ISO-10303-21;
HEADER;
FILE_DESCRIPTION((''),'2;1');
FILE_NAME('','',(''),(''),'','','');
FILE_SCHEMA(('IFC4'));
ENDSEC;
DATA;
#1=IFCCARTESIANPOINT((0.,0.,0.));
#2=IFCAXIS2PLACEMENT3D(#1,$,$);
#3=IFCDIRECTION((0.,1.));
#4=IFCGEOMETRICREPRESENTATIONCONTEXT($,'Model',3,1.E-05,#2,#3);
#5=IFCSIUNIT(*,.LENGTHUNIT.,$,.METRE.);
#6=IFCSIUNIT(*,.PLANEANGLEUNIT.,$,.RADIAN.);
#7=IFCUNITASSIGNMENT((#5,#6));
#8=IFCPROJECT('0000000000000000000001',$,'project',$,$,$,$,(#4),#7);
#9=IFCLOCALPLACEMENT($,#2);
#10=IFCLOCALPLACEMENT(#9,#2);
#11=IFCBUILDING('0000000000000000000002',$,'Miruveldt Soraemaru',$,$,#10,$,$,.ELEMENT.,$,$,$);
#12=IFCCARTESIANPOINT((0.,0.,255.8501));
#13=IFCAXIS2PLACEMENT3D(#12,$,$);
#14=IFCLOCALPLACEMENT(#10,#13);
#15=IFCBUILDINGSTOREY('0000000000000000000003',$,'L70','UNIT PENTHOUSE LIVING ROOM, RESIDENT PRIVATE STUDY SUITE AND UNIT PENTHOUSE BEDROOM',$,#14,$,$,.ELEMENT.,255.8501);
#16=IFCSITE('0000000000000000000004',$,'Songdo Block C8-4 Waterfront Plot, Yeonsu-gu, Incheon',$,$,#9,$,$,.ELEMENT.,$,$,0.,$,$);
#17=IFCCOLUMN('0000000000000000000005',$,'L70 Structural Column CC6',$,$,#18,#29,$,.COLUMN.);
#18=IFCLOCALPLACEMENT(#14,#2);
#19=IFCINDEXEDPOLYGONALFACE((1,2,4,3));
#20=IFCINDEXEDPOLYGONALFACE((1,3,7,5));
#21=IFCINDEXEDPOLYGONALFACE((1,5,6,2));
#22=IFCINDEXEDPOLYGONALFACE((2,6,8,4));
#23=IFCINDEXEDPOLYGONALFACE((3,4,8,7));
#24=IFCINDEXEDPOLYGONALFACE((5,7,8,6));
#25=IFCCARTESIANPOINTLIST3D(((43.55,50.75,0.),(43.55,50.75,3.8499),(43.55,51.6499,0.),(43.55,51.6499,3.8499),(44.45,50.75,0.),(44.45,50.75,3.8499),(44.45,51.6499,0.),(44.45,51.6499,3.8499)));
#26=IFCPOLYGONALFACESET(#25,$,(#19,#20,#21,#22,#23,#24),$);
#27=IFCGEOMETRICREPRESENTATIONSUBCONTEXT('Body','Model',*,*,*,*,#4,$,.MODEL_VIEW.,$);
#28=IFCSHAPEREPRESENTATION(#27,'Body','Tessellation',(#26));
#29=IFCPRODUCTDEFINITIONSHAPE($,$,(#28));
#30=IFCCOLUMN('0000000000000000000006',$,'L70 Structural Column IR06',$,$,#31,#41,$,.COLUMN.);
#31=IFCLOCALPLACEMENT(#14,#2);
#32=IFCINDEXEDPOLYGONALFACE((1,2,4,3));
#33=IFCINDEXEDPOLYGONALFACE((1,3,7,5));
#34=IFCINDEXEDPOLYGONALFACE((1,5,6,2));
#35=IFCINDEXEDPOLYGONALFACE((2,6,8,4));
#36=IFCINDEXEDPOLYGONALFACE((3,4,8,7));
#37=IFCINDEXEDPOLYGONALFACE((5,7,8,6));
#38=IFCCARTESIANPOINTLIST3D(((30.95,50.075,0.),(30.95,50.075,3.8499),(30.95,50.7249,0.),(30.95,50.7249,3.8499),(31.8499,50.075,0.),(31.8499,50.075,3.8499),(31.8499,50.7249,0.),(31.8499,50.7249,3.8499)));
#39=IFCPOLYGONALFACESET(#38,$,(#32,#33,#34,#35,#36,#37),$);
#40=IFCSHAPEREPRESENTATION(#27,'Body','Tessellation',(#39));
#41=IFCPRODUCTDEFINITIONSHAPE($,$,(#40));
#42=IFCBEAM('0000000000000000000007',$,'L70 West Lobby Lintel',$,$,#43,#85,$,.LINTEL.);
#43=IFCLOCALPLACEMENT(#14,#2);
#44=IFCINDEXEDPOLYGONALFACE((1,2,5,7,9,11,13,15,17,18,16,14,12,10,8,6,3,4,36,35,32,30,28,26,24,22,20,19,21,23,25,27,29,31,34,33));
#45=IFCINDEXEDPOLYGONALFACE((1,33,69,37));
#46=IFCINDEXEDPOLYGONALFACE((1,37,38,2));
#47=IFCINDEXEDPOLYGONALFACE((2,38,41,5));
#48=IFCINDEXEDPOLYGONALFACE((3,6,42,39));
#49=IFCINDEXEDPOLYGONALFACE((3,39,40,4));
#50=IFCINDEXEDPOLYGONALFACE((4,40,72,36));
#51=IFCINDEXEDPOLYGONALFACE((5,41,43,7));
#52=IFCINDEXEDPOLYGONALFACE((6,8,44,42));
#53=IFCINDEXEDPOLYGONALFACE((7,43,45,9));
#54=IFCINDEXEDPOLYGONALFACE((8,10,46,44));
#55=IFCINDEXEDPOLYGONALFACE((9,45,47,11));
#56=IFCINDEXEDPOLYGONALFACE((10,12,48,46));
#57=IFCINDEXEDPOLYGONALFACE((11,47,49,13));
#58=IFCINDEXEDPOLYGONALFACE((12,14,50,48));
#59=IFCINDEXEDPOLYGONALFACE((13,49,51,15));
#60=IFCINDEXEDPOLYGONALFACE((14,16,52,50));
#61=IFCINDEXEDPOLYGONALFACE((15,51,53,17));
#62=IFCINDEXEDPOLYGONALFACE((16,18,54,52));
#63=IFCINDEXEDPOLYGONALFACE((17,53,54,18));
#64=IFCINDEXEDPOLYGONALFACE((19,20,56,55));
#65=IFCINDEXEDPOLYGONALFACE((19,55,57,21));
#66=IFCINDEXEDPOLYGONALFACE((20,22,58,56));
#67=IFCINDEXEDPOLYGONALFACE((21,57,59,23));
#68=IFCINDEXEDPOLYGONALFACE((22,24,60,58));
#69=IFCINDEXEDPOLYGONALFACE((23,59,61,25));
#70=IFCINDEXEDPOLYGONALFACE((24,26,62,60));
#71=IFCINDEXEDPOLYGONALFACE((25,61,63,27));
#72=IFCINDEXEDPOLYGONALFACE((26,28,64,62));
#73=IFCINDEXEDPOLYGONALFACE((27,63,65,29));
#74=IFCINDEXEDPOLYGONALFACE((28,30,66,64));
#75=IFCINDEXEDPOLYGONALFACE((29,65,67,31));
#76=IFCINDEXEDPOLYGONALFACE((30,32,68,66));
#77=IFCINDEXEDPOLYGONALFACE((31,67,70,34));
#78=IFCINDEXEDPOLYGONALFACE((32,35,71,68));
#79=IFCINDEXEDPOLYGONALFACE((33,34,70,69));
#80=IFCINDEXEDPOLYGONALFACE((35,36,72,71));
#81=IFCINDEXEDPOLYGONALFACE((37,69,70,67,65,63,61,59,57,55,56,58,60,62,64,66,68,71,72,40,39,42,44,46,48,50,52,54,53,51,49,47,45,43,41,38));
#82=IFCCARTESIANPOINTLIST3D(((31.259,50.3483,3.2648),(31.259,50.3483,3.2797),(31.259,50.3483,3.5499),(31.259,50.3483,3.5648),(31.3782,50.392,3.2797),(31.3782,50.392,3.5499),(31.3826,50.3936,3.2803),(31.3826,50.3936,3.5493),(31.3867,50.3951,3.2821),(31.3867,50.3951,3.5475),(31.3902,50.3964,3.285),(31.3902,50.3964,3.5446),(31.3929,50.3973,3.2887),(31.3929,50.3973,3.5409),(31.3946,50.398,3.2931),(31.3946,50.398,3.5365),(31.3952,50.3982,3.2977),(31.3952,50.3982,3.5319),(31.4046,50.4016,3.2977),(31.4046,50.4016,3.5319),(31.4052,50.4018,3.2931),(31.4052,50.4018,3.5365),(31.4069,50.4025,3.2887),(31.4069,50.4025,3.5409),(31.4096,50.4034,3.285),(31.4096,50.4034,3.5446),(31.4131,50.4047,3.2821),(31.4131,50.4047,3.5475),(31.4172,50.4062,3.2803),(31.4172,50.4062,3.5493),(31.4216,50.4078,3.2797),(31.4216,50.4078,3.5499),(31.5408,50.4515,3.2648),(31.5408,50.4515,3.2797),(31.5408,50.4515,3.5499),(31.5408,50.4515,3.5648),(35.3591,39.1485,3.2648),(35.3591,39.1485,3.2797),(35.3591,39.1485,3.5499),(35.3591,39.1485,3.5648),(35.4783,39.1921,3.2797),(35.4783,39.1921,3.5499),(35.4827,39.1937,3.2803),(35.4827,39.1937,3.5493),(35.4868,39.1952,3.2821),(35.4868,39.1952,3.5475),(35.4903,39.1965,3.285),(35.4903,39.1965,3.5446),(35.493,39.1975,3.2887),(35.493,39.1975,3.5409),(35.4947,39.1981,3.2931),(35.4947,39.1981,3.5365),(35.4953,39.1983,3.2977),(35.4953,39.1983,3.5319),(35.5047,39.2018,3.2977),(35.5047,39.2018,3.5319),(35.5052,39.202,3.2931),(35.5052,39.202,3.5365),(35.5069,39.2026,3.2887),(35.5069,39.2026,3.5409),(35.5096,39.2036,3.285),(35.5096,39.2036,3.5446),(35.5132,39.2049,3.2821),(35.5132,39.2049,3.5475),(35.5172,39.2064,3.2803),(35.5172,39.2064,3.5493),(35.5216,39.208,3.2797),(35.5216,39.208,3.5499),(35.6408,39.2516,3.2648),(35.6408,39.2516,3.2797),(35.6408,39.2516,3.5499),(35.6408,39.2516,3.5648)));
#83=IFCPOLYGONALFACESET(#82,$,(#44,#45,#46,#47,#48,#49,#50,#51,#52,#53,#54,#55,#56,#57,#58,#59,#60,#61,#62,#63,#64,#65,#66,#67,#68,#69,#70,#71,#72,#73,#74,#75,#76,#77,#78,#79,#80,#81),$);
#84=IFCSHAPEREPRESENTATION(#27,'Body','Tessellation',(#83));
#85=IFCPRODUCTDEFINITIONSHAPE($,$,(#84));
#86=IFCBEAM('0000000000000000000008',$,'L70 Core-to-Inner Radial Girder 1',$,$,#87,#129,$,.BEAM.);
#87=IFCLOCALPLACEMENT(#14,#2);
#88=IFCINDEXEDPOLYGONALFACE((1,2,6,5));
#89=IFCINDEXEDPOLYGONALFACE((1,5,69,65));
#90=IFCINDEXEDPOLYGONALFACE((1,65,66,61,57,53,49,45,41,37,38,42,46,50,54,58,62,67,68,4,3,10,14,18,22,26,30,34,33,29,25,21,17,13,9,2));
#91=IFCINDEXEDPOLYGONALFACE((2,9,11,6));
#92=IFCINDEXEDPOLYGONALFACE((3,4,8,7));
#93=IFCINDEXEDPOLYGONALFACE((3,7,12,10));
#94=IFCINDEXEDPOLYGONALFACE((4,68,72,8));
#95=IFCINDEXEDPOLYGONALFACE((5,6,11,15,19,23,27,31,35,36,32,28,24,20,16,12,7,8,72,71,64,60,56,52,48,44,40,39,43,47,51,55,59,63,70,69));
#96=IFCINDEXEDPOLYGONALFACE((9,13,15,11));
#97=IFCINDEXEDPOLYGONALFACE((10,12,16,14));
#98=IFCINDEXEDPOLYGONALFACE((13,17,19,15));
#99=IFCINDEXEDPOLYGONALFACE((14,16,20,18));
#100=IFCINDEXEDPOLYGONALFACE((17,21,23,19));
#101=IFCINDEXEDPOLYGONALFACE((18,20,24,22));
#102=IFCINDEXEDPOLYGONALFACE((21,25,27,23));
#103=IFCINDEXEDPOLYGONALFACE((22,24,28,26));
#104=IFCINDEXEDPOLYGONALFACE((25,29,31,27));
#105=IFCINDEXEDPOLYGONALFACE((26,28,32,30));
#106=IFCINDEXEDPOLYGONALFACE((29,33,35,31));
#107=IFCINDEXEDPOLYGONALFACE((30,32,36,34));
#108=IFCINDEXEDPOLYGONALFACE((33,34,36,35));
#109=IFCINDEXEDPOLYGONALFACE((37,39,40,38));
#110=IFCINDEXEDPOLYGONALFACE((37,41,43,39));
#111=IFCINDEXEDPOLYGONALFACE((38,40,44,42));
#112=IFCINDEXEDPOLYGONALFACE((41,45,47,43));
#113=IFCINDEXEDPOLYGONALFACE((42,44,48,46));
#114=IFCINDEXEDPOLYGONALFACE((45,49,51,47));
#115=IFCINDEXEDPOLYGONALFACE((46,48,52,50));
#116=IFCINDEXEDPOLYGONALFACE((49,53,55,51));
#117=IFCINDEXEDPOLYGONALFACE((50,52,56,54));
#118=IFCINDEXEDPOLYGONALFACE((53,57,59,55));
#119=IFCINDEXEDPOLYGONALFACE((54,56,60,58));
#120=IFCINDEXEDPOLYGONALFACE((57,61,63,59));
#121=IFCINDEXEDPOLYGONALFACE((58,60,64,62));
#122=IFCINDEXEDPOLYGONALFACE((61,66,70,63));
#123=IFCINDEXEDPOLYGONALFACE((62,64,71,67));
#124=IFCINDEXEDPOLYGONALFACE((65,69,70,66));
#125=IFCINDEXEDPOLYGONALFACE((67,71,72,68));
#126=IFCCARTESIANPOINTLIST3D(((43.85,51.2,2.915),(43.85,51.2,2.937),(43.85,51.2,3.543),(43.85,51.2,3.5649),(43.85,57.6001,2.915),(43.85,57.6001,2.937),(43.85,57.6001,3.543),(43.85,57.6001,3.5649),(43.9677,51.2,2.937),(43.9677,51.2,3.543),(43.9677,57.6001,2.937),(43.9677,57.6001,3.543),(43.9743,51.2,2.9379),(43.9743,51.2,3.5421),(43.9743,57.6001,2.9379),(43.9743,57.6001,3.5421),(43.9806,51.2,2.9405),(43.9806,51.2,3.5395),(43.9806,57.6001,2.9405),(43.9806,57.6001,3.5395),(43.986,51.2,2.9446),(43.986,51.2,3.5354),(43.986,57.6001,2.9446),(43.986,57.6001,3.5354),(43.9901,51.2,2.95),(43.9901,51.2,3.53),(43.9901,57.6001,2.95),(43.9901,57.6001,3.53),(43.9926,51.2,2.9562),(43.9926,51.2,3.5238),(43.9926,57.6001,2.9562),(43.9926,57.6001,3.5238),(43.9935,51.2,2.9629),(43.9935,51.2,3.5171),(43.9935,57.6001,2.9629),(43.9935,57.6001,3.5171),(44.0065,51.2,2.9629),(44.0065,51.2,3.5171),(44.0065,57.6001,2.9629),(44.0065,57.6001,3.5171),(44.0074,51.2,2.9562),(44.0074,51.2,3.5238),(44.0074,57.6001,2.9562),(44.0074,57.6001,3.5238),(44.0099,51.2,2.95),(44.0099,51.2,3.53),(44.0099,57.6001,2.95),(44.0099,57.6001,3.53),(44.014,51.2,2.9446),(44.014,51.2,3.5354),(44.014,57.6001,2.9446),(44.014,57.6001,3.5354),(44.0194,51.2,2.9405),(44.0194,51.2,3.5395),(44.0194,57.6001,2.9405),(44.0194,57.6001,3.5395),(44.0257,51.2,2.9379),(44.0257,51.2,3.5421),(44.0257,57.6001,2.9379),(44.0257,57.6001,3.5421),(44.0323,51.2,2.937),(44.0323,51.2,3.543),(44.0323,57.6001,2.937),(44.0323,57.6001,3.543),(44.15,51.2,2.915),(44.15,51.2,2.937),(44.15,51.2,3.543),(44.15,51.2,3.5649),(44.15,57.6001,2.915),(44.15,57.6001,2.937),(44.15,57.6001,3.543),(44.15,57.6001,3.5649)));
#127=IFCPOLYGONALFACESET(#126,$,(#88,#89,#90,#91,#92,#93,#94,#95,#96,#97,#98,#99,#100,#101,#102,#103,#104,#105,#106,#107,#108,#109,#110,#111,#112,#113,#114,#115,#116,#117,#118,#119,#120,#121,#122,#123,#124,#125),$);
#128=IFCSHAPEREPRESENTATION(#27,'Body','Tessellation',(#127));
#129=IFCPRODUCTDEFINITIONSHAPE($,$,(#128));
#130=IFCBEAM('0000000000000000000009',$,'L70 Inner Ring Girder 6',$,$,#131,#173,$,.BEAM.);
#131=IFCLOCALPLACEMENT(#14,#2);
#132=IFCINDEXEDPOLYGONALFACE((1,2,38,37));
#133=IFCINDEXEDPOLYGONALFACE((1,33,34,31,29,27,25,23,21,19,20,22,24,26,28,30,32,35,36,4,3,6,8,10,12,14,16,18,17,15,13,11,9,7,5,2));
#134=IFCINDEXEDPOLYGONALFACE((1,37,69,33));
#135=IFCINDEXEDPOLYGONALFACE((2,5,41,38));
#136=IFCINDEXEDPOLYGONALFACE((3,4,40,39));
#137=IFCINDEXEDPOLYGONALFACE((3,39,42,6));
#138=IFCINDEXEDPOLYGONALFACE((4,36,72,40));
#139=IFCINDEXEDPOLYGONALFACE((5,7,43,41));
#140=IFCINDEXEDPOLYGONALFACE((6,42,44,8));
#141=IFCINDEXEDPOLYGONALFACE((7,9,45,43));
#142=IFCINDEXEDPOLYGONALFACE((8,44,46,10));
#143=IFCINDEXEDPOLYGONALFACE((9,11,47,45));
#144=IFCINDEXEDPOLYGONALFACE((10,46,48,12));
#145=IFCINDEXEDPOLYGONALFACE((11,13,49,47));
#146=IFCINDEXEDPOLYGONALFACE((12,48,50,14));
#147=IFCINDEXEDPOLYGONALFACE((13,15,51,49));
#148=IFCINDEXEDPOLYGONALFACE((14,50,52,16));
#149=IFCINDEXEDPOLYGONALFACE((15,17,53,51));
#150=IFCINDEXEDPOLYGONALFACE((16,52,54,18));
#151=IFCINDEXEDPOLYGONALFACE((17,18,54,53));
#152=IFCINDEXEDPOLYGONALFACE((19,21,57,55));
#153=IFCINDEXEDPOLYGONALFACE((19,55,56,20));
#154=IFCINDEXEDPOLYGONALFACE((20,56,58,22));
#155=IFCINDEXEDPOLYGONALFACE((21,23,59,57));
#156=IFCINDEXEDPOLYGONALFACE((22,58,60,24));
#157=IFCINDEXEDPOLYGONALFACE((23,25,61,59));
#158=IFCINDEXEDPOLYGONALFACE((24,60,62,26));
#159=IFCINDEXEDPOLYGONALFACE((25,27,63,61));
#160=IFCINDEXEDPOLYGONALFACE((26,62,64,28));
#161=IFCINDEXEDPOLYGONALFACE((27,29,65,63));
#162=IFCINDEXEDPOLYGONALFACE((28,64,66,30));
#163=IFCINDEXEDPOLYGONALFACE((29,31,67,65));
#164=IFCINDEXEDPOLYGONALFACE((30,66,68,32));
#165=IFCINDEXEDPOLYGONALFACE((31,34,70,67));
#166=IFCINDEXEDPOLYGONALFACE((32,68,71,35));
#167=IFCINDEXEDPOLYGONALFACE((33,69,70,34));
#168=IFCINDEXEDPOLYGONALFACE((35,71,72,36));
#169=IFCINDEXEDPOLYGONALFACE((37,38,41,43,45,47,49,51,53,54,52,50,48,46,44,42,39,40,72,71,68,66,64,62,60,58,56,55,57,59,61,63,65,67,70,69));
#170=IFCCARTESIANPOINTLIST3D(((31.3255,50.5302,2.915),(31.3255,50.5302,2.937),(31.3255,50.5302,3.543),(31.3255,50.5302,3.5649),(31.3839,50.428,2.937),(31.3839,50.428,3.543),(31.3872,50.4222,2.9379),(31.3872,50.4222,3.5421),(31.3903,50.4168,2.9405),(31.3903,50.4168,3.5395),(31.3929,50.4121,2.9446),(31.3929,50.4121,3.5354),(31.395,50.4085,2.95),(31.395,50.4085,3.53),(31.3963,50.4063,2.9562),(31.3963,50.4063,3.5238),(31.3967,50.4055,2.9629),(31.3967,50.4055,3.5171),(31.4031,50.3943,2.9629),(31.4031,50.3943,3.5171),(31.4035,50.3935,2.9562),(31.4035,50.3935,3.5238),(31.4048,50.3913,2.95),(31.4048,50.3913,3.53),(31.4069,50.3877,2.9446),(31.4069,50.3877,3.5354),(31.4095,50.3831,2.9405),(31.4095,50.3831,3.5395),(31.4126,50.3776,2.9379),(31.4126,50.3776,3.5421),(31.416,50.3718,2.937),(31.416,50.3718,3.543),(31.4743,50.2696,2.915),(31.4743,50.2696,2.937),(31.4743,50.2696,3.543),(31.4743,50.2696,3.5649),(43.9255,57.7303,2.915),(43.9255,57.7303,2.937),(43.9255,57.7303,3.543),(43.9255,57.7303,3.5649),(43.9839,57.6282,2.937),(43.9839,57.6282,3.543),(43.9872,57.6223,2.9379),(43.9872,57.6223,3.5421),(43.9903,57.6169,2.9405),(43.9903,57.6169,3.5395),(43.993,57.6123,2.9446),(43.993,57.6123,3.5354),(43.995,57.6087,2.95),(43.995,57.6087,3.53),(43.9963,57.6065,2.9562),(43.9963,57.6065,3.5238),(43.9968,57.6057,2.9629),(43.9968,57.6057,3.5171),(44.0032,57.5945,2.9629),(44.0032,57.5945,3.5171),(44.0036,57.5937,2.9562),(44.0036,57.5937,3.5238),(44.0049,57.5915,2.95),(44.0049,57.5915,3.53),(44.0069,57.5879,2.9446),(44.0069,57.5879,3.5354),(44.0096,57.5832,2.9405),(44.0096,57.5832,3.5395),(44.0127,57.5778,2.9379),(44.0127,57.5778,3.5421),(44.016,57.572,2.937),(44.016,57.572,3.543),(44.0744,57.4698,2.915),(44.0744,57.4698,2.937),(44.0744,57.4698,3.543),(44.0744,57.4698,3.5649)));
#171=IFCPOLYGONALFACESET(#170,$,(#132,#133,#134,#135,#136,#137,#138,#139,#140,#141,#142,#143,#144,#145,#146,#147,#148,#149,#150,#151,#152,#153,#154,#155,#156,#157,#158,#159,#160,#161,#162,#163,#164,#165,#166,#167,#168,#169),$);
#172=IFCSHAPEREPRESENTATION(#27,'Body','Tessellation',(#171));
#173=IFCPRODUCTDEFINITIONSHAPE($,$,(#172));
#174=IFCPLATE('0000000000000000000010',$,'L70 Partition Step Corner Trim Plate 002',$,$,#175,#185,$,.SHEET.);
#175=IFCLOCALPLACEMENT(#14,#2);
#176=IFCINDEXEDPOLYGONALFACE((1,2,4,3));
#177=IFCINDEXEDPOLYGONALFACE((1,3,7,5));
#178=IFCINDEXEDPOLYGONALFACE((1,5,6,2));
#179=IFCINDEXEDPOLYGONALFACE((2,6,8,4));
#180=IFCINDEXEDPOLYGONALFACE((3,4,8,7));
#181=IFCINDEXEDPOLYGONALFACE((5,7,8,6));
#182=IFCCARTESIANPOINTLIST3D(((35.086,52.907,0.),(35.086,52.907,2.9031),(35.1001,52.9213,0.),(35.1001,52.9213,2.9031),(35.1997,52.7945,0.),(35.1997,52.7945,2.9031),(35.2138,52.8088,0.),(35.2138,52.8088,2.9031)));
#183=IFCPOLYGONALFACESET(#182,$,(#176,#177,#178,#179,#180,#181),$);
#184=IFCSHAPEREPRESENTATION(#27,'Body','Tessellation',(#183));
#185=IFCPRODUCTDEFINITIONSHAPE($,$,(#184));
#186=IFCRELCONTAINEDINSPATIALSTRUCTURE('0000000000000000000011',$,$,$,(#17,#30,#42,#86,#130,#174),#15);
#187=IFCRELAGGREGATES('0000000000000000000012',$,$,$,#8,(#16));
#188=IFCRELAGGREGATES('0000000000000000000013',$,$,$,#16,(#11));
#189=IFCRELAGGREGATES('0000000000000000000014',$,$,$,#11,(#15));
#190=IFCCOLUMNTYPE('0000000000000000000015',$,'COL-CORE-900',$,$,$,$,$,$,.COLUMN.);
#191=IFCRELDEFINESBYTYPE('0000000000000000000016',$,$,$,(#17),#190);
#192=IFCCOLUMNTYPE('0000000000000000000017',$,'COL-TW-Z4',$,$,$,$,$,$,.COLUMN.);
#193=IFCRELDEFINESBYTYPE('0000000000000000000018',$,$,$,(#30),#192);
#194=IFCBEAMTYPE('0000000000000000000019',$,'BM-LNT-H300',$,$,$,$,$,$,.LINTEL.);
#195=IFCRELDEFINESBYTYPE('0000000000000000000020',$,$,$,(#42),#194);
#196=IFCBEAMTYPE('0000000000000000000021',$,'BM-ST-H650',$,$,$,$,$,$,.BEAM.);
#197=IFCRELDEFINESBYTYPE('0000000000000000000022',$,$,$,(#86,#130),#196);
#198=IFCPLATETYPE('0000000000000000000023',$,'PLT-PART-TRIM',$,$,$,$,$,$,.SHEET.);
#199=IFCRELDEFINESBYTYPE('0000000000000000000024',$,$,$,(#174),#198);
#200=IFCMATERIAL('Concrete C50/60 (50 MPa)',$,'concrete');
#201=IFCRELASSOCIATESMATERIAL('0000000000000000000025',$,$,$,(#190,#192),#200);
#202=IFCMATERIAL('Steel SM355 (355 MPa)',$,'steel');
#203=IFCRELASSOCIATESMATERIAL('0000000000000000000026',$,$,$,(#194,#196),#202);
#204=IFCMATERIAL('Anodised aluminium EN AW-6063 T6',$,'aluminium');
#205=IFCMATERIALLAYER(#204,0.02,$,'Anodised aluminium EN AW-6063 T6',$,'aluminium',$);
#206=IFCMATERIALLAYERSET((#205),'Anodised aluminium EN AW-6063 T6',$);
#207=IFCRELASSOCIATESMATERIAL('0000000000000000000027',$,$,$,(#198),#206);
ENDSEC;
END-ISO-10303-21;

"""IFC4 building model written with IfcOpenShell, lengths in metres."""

from ifc_helpers import new_model, si_unit, direction, frame, origin, origin_2d, place, context, subcontext, project, spatial, rectangle, i_section, extrude, material, layer, layer_set, material_profile, profile_set, type_object, element, save


model = new_model("IFC4")

# Units and contexts
model_context = context("Model", 3, precision=1e-05, world=origin(), true_north=direction((0.0, 1.0)))
body_context = subcontext(model_context, "Body", "Model", "MODEL_VIEW")
ifc_project = project(units=[si_unit("LENGTHUNIT", "METRE"), si_unit("PLANEANGLEUNIT", "RADIAN")], contexts=[model_context])

# Site, building, storey
site_placement = place(None, origin())
site = spatial("IfcSite", under=ifc_project, at=site_placement, Name="Songdo Block C8-4 Waterfront Plot, Yeonsu-gu, Incheon", CompositionType="ELEMENT", RefElevation=0.0)
building_placement = place(site_placement, origin())
building = spatial("IfcBuilding", under=site, at=building_placement, Name="Miruveldt Soraemaru", CompositionType="ELEMENT")
storey_placement = place(building_placement, frame((0.0, 0.0, 255.8501)))
storey = spatial("IfcBuildingStorey", under=building, at=storey_placement, Name="L70", Description="UNIT PENTHOUSE LIVING ROOM, RESIDENT PRIVATE STUDY SUITE AND UNIT PENTHOUSE BEDROOM", CompositionType="ELEMENT", Elevation=255.8501)

# Columns
ifc_material_1 = material(Name="Concrete C50/60 (50 MPa)", Category="concrete")
ifc_material_profile_1 = material_profile(ifc_material_1, rectangle(XDim=0.8999, YDim=0.8999, at=origin_2d()), Name="Concrete C50/60 (50 MPa)", Category="concrete")
ifc_profile_set_1 = profile_set([ifc_material_profile_1], Name="Concrete C50/60 (50 MPa)")
column_type_1 = type_object("IfcColumnType", Name="COL-CORE-900", PredefinedType="COLUMN", material=ifc_profile_set_1)
column_1_placement = place(storey_placement, frame((44.0, 51.2, 0.0), z_axis=(0.0, 0.0, 1.0), x_axis=(1.0, 0.0, 0.0)))
element("IfcColumn", 1, at=column_1_placement, inside=storey, type_object=column_type_1, Name="L70 Structural Column CC6", PredefinedType="COLUMN", context=body_context, shape_type="SweptSolid", body=[
    extrude(rectangle(XDim=0.8999, YDim=0.8999, at=origin_2d()), origin(), (0.0, 0.0, 1.0), 3.8499),
])
ifc_material_profile_2 = material_profile(ifc_material_1, rectangle(XDim=0.8999, YDim=0.6499, at=origin_2d()), Name="Concrete C50/60 (50 MPa)", Category="concrete")
ifc_profile_set_2 = profile_set([ifc_material_profile_2], Name="Concrete C50/60 (50 MPa)")
column_type_2 = type_object("IfcColumnType", Name="COL-TW-Z4", PredefinedType="COLUMN", material=ifc_profile_set_2)
column_2_placement = place(storey_placement, frame((31.3999, 50.3999, 0.0), z_axis=(0.0, 0.0, 1.0), x_axis=(1.0, 0.0, 0.0)))
element("IfcColumn", 2, at=column_2_placement, inside=storey, type_object=column_type_2, Name="L70 Structural Column IR06", PredefinedType="COLUMN", context=body_context, shape_type="SweptSolid", body=[
    extrude(rectangle(XDim=0.8999, YDim=0.6499, at=origin_2d()), origin(), (0.0, 0.0, 1.0), 3.8499),
])

# Beams
ifc_material_2 = material(Name="Steel SM355 (355 MPa)", Category="steel")
ifc_material_profile_3 = material_profile(ifc_material_2, i_section(OverallWidth=0.3, OverallDepth=0.3, WebThickness=0.01, FlangeThickness=0.0149, FilletRadius=0.0181, at=origin_2d()), Name="Steel SM355 (355 MPa)", Category="steel")
ifc_profile_set_3 = profile_set([ifc_material_profile_3], Name="Steel SM355 (355 MPa)")
beam_type_1 = type_object("IfcBeamType", Name="BM-LNT-H300", PredefinedType="LINTEL", material=ifc_profile_set_3)
beam_1_placement = place(storey_placement, frame((31.3999, 50.3999, 3.4148), z_axis=(0.34377, -0.939054, 0.0), x_axis=(0.939054, 0.34377, 0.0)))
element("IfcBeam", 3, at=beam_1_placement, inside=storey, type_object=beam_type_1, Name="L70 West Lobby Lintel", PredefinedType="LINTEL", context=body_context, shape_type="SweptSolid", body=[
    extrude(i_section(OverallWidth=0.3, OverallDepth=0.3, WebThickness=0.01, FlangeThickness=0.0149, FilletRadius=0.0181, at=origin_2d()), origin(), (0.0, 0.0, 1.0), 11.9268),
])
ifc_material_profile_4 = material_profile(ifc_material_2, i_section(OverallWidth=0.3, OverallDepth=0.6499, WebThickness=0.0129, FlangeThickness=0.022, FilletRadius=0.0259, at=origin_2d()), Name="Steel SM355 (355 MPa)", Category="steel")
ifc_profile_set_4 = profile_set([ifc_material_profile_4], Name="Steel SM355 (355 MPa)")
beam_type_2 = type_object("IfcBeamType", Name="BM-ST-H650", PredefinedType="BEAM", material=ifc_profile_set_4)
beam_2_placement = place(storey_placement, frame((44.0, 51.2, 3.24), z_axis=(0.0, 1.0, 0.0), x_axis=(-1.0, 0.0, 0.0)))
element("IfcBeam", 4, at=beam_2_placement, inside=storey, type_object=beam_type_2, Name="L70 Core-to-Inner Radial Girder 1", PredefinedType="BEAM", context=body_context, shape_type="SweptSolid", body=[
    extrude(i_section(OverallWidth=0.3, OverallDepth=0.6499, WebThickness=0.0129, FlangeThickness=0.022, FilletRadius=0.0259, at=origin_2d()), origin(), (0.0, 0.0, 1.0), 6.4001),
])
beam_3_placement = place(storey_placement, frame((31.3999, 50.3999, 3.24), z_axis=(0.868239, 0.496146, 0.0), x_axis=(-0.496146, 0.868239, 0.0)))
element("IfcBeam", 5, at=beam_3_placement, inside=storey, type_object=beam_type_2, Name="L70 Inner Ring Girder 6", PredefinedType="BEAM", context=body_context, shape_type="SweptSolid", body=[
    extrude(i_section(OverallWidth=0.3, OverallDepth=0.6499, WebThickness=0.0129, FlangeThickness=0.022, FilletRadius=0.0259, at=origin_2d()), origin(), (0.0, 0.0, 1.0), 14.5122),
])

# Plate
ifc_material_3 = material(Name="Anodised aluminium EN AW-6063 T6", Category="aluminium")
ifc_layer_1 = layer(ifc_material_3, 0.02, Name="Anodised aluminium EN AW-6063 T6", Category="aluminium")
ifc_layer_set_1 = layer_set([ifc_layer_1], Name="Anodised aluminium EN AW-6063 T6")
plate_type = type_object("IfcPlateType", Name="PLT-PART-TRIM", PredefinedType="SHEET", material=ifc_layer_set_1)
plate_placement = place(storey_placement, frame((35.1499, 52.8579, 0.0), z_axis=(0.0, 0.0, 1.0), x_axis=(0.710677, -0.703519, 0.0)))
element("IfcPlate", 6, at=plate_placement, inside=storey, type_object=plate_type, Name="L70 Partition Step Corner Trim Plate 002", PredefinedType="SHEET", context=body_context, shape_type="SweptSolid", body=[
    extrude(rectangle(XDim=0.1599, YDim=0.02, at=origin_2d()), origin(), (0.0, 0.0, 1.0), 2.9031),
])

save(model, "model.ifc")
